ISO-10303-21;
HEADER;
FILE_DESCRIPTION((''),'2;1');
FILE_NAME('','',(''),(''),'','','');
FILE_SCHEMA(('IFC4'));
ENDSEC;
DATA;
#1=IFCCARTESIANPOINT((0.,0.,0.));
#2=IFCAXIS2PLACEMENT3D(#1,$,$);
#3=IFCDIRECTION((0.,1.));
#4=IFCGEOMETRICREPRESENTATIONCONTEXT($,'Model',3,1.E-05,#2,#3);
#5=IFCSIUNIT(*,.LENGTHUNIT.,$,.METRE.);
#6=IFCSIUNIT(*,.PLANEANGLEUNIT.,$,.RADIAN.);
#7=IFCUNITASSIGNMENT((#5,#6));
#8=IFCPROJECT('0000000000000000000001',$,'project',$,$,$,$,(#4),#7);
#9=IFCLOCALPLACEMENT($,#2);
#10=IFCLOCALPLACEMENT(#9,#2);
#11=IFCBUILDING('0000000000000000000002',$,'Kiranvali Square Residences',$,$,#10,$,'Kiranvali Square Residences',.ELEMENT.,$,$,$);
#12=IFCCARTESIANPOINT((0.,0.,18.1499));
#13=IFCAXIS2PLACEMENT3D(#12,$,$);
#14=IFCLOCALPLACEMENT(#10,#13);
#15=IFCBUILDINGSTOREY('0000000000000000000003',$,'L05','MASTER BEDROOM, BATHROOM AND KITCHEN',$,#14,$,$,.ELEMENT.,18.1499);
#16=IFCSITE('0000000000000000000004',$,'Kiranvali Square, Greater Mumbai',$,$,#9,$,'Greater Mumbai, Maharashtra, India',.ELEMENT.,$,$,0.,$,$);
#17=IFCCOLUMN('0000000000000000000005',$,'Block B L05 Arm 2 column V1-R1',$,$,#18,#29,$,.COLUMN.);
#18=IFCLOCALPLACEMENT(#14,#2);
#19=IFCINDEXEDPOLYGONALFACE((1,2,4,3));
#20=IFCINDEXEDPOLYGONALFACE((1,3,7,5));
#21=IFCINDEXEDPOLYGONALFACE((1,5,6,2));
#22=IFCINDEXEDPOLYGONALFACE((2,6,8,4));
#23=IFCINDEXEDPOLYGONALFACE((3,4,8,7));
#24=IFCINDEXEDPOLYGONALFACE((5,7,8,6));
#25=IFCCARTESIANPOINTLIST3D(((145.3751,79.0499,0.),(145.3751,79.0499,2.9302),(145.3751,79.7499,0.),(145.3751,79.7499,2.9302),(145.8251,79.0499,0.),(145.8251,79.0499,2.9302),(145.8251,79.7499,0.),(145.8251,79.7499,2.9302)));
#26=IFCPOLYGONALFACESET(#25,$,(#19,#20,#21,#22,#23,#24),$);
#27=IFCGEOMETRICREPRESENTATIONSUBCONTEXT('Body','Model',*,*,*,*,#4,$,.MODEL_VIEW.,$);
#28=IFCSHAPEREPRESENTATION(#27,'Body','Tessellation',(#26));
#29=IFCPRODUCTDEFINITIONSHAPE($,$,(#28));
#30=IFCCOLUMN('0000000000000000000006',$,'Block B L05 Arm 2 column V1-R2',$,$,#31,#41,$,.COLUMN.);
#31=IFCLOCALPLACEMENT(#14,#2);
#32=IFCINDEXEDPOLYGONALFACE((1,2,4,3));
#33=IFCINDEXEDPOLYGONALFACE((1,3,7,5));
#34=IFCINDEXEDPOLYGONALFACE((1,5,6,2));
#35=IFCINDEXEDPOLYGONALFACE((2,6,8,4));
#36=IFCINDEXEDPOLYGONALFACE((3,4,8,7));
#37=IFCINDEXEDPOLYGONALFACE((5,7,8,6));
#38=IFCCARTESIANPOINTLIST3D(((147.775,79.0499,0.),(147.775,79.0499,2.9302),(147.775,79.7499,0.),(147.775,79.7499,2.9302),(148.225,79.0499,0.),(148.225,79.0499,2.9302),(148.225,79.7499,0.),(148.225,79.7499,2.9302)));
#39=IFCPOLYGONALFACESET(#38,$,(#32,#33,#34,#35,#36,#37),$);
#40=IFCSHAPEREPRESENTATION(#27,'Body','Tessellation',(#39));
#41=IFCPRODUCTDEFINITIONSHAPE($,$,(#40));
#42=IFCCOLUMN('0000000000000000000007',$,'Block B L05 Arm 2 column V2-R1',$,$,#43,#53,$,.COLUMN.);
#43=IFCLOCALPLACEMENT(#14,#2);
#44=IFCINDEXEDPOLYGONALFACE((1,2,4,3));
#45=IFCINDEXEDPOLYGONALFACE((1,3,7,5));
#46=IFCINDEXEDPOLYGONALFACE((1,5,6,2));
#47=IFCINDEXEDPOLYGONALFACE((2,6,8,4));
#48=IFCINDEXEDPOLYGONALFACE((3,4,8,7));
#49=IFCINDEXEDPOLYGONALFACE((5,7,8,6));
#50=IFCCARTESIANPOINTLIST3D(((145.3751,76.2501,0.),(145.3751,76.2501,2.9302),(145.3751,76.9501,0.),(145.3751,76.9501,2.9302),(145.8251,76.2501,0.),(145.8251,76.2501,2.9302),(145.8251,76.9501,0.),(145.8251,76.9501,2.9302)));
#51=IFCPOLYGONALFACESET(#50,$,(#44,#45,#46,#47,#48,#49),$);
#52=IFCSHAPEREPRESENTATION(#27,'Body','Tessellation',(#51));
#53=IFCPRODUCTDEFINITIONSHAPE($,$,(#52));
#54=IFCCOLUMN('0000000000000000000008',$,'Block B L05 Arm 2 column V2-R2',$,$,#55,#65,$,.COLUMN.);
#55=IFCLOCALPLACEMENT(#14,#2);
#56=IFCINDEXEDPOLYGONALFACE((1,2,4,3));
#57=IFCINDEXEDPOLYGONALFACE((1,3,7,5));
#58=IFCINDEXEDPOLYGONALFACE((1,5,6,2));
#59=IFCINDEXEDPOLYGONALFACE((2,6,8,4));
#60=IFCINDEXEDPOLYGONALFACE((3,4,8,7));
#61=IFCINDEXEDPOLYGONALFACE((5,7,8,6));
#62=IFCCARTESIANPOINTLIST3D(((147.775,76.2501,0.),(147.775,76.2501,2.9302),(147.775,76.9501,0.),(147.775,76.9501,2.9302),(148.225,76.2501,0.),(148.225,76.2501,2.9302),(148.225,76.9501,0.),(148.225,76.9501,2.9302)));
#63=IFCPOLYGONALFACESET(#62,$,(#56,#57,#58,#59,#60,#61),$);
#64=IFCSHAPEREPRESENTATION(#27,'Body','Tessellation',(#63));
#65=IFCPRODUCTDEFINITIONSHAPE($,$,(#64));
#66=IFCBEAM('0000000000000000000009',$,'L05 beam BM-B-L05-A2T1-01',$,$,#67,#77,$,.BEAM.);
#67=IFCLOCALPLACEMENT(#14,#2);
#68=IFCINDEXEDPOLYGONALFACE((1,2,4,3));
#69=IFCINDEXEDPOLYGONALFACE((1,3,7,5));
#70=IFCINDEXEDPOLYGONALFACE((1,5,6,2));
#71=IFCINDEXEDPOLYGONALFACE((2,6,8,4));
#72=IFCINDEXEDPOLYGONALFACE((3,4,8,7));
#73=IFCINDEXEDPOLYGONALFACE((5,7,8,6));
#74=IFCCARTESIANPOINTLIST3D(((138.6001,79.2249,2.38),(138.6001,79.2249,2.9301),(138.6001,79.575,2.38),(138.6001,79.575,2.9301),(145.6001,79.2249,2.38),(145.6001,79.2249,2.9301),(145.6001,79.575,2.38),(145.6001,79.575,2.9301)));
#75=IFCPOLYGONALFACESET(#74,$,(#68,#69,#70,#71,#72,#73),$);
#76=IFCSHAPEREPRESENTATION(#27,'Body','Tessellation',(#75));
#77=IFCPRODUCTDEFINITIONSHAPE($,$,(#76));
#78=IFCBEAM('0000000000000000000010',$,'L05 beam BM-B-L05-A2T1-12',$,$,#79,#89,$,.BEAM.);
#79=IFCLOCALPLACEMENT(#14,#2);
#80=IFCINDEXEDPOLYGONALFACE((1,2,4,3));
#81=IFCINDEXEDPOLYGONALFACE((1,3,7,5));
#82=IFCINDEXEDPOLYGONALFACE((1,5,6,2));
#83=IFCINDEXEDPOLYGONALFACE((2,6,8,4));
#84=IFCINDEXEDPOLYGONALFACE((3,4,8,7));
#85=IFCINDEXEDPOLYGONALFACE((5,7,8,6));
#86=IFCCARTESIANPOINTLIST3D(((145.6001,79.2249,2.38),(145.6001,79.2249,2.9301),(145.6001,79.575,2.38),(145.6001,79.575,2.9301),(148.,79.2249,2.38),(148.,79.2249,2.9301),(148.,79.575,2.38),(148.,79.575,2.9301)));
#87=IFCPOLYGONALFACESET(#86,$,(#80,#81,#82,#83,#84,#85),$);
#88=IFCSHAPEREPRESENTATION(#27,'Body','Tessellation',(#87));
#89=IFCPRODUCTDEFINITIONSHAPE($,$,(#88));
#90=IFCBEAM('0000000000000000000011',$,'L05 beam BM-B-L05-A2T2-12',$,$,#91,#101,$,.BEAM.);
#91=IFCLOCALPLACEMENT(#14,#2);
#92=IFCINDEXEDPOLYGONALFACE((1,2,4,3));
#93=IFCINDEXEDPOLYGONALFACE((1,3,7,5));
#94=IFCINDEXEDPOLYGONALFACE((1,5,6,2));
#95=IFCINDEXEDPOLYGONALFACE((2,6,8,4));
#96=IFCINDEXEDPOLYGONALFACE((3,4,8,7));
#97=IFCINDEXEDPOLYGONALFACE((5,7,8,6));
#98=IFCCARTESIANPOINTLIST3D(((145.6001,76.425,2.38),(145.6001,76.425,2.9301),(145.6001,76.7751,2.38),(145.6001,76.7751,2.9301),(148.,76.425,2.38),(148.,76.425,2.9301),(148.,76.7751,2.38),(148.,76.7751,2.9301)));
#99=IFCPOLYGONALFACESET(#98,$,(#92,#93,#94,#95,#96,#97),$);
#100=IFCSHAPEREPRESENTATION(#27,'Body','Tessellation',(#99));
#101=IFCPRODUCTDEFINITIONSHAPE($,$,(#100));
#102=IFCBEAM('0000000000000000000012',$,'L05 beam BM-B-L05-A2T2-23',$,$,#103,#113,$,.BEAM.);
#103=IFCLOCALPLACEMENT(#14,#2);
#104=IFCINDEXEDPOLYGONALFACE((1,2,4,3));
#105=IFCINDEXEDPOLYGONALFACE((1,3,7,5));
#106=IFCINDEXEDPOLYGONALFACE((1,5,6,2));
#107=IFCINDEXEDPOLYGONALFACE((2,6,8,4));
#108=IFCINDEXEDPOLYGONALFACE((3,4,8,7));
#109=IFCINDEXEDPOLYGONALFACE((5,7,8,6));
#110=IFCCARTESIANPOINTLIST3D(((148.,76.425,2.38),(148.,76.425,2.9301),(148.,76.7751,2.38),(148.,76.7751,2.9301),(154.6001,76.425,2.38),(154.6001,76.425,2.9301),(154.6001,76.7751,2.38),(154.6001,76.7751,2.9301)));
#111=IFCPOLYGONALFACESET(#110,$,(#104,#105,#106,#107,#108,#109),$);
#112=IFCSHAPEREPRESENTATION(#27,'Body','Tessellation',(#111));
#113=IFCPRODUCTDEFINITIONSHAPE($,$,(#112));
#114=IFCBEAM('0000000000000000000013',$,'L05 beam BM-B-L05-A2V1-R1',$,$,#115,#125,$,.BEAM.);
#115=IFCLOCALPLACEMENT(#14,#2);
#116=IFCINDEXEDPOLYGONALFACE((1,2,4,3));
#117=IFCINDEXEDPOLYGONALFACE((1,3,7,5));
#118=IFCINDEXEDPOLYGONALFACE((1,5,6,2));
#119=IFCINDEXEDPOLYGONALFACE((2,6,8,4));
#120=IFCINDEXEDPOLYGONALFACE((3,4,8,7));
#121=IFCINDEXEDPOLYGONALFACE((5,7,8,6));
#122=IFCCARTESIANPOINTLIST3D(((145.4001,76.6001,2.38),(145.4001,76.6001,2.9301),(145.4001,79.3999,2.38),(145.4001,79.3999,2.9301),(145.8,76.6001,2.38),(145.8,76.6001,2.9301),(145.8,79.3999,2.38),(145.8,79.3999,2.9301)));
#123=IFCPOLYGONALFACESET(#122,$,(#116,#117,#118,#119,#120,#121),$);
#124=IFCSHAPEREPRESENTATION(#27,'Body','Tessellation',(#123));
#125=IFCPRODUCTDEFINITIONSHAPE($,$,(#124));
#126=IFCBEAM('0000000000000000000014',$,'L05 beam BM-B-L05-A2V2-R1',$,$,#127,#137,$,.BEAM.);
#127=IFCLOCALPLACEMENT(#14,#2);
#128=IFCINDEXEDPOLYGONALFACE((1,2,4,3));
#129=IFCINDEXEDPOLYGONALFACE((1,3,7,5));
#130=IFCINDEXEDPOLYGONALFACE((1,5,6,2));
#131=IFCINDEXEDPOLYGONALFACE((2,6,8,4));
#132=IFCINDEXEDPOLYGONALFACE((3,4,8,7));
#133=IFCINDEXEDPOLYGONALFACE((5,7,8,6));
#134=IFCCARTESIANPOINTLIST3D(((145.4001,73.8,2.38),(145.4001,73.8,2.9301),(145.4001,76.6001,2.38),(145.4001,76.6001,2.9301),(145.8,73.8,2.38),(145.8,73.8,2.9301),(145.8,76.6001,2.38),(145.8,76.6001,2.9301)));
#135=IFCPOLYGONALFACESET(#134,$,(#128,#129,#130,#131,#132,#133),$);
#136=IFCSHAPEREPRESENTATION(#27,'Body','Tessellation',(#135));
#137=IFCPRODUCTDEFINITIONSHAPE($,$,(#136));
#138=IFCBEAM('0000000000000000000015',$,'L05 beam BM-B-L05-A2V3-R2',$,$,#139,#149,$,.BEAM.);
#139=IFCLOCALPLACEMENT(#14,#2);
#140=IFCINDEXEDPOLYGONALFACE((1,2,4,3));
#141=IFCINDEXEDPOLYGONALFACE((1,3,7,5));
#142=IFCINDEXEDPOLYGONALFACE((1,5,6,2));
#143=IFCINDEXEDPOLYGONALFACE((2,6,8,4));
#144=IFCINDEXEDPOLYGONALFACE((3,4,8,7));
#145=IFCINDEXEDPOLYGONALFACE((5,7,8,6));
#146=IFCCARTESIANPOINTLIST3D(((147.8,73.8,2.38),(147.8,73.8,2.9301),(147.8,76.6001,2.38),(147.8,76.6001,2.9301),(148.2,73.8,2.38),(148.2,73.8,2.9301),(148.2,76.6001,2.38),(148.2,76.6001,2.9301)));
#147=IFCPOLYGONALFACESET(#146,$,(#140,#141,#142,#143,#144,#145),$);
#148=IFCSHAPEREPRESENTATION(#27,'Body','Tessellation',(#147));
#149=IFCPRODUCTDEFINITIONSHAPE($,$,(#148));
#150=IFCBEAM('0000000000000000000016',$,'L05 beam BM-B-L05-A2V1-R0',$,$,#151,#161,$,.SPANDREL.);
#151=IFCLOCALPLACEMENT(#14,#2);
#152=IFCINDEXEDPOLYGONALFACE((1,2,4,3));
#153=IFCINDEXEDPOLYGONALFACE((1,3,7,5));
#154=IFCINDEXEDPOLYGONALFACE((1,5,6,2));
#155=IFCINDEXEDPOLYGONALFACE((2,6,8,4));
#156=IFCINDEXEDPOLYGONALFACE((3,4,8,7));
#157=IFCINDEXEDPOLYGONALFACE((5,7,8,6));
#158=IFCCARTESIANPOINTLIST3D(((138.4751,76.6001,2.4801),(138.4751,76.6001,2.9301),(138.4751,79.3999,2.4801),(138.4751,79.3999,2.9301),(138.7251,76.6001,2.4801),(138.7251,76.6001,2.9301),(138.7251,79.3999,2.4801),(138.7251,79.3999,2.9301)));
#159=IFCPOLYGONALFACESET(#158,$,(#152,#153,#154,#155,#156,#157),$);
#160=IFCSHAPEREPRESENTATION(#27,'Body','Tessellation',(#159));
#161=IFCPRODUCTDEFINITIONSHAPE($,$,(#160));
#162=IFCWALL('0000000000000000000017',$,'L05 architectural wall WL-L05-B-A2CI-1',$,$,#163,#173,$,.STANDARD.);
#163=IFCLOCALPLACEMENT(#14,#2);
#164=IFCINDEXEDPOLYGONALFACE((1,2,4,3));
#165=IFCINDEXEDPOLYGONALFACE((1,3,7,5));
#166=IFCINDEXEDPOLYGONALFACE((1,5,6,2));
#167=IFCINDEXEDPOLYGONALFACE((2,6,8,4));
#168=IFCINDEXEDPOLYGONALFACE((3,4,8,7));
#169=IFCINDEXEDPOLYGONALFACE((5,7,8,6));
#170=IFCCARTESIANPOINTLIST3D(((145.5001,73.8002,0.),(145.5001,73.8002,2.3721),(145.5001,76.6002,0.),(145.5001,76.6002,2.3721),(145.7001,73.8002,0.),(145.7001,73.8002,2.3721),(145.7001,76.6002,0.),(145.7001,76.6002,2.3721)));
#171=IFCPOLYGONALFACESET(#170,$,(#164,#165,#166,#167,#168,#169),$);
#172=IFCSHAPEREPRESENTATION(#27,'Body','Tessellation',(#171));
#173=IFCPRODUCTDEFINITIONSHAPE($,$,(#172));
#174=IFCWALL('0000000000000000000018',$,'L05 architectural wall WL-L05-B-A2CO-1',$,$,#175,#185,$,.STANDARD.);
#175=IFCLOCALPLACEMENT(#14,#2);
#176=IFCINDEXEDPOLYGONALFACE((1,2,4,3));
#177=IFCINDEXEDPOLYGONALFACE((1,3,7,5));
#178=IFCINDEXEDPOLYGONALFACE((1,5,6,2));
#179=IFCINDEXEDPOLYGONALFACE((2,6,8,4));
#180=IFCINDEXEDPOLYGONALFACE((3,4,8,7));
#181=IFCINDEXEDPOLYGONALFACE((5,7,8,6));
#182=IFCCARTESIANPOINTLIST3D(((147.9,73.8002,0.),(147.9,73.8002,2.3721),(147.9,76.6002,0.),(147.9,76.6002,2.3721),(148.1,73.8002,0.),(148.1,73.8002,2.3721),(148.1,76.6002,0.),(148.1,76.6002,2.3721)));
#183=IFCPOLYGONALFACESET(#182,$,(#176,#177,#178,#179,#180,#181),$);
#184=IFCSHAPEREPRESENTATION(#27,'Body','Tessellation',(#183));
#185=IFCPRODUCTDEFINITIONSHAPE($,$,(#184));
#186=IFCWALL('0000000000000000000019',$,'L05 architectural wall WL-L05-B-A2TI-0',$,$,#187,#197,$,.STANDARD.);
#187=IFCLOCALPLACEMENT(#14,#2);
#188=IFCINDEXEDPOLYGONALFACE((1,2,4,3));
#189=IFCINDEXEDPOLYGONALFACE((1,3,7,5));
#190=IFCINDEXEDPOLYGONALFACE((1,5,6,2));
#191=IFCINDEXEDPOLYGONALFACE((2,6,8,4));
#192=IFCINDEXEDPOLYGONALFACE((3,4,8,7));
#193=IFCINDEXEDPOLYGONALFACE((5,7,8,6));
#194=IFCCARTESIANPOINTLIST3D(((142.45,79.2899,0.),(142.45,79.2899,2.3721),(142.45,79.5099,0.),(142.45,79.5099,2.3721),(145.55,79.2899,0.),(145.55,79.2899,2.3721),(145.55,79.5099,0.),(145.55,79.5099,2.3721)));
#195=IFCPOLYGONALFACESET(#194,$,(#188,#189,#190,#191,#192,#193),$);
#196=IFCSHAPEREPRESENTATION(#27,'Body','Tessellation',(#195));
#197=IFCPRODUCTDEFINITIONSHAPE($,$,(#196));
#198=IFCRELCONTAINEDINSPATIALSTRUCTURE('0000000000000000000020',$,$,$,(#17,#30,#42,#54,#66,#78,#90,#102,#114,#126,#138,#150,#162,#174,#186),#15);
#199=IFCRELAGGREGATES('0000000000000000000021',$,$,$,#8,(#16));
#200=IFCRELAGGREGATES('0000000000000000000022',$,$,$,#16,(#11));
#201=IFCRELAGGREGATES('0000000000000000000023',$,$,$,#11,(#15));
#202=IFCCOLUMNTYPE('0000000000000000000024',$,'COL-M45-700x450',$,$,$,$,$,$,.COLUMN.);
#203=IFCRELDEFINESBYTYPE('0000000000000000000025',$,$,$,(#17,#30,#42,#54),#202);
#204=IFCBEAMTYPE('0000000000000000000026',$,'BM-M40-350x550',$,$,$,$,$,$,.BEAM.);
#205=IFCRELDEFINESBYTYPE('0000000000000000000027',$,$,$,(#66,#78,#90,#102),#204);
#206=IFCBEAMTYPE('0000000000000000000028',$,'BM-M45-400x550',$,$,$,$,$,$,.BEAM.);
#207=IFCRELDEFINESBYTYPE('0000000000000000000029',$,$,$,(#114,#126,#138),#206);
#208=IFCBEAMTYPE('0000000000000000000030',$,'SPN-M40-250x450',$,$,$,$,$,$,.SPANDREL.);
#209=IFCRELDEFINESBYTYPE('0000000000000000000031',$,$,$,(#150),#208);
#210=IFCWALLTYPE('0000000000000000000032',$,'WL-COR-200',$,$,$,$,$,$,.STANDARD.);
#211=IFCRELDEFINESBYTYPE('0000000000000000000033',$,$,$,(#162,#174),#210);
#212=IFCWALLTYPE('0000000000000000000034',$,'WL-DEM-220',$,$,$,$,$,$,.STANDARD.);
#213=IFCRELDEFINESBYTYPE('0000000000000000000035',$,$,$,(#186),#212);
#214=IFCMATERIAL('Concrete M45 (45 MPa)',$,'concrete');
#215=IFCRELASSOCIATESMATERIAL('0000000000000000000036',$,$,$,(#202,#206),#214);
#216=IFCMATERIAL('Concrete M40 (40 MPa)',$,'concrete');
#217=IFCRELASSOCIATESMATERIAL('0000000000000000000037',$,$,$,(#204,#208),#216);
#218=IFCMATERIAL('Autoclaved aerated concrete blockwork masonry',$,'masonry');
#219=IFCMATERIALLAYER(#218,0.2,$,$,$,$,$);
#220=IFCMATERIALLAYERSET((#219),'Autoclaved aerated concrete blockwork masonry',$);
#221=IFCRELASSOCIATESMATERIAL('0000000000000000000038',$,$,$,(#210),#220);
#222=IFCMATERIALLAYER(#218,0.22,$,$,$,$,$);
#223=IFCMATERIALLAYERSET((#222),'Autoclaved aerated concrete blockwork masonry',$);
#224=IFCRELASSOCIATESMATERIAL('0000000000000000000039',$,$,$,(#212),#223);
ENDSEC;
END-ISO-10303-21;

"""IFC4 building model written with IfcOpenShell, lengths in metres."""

from ifc_helpers import new_model, si_unit, direction, frame, frame_2d, origin, origin_2d, place, context, subcontext, project, spatial, rectangle, extrude, material, layer, layer_set, material_profile, profile_set, type_object, element, save


model = new_model("IFC4")

# Units and contexts
model_context = context("Model", 3, precision=1e-05, world=origin(), true_north=direction((0.0, 1.0)))
body_context = subcontext(model_context, "Body", "Model", "MODEL_VIEW")
ifc_project = project(units=[si_unit("LENGTHUNIT", "METRE"), si_unit("PLANEANGLEUNIT", "RADIAN")], contexts=[model_context])

# Site, building, storey
site_placement = place(None, origin())
site = spatial("IfcSite", under=ifc_project, at=site_placement, Name="Kiranvali Square, Greater Mumbai", LongName="Greater Mumbai, Maharashtra, India", CompositionType="ELEMENT", RefElevation=0.0)
building_placement = place(site_placement, origin())
building = spatial("IfcBuilding", under=site, at=building_placement, Name="Kiranvali Square Residences", LongName="Kiranvali Square Residences", CompositionType="ELEMENT")
storey_placement = place(building_placement, frame((0.0, 0.0, 18.1499)))
storey = spatial("IfcBuildingStorey", under=building, at=storey_placement, Name="L05", Description="MASTER BEDROOM, BATHROOM AND KITCHEN", CompositionType="ELEMENT", Elevation=18.1499)

# Columns
ifc_material_1 = material(Name="Concrete M45 (45 MPa)", Category="concrete")
ifc_material_profile_1 = material_profile(ifc_material_1, rectangle(XDim=0.45, YDim=0.7, at=origin_2d()), Name="RC 700x450")
ifc_profile_set_1 = profile_set([ifc_material_profile_1], Name="Concrete M45 (45 MPa)")
column_type = type_object("IfcColumnType", Name="COL-M45-700x450", PredefinedType="COLUMN", material=ifc_profile_set_1)
for number, where, z_axis, x_axis, name in (
    (1, (145.6001, 79.3999, 0.0), (0.0, 0.0, 1.0), (1.0, 0.0, 0.0), "Block B L05 Arm 2 column V1-R1"),
    (2, (148.0, 79.3999, 0.0), (0.0, 0.0, 1.0), (1.0, 0.0, 0.0), "Block B L05 Arm 2 column V1-R2"),
    (3, (145.6001, 76.6001, 0.0), (0.0, 0.0, 1.0), (1.0, 0.0, 0.0), "Block B L05 Arm 2 column V2-R1"),
    (4, (148.0, 76.6001, 0.0), (0.0, 0.0, 1.0), (1.0, 0.0, 0.0), "Block B L05 Arm 2 column V2-R2"),
):
    element("IfcColumn", number, at=place(storey_placement, frame(where, z_axis=z_axis, x_axis=x_axis)), inside=storey, type_object=column_type, Name=name, PredefinedType="COLUMN", context=body_context, shape_type="SweptSolid", body=[
        extrude(rectangle(XDim=0.45, YDim=0.7, at=origin_2d()), origin(), (0.0, 0.0, 1.0), 2.9302),
    ])

# Beams
ifc_material_2 = material(Name="Concrete M40 (40 MPa)", Category="concrete")
ifc_material_profile_2 = material_profile(ifc_material_2, rectangle(XDim=0.3501, YDim=0.55, at=origin_2d()), Name="RC 350x550")
ifc_profile_set_2 = profile_set([ifc_material_profile_2], Name="Concrete M40 (40 MPa)")
beam_type_1 = type_object("IfcBeamType", Name="BM-M40-350x550", PredefinedType="BEAM", material=ifc_profile_set_2)
beam_1_placement = place(storey_placement, frame((138.6001, 79.3999, 2.655), z_axis=(1.0, 0.0, 0.0), x_axis=(0.0, 1.0, 0.0)))
element("IfcBeam", 5, at=beam_1_placement, inside=storey, type_object=beam_type_1, Name="L05 beam BM-B-L05-A2T1-01", PredefinedType="BEAM", context=body_context, shape_type="SweptSolid", body=[
    extrude(rectangle(XDim=0.3501, YDim=0.55, at=origin_2d()), origin(), (0.0, 0.0, 1.0), 7.0),
])
for number, where, z_axis, x_axis, name in (
    (6, (145.6001, 79.3999, 2.655), (1.0, 0.0, 0.0), (0.0, 1.0, 0.0), "L05 beam BM-B-L05-A2T1-12"),
    (7, (145.6001, 76.6001, 2.655), (1.0, 0.0, 0.0), (0.0, 1.0, 0.0), "L05 beam BM-B-L05-A2T2-12"),
):
    element("IfcBeam", number, at=place(storey_placement, frame(where, z_axis=z_axis, x_axis=x_axis)), inside=storey, type_object=beam_type_1, Name=name, PredefinedType="BEAM", context=body_context, shape_type="SweptSolid", body=[
        extrude(rectangle(XDim=0.3501, YDim=0.55, at=origin_2d()), origin(), (0.0, 0.0, 1.0), 2.3999),
    ])
beam_2_placement = place(storey_placement, frame((148.0, 76.6001, 2.655), z_axis=(1.0, 0.0, 0.0), x_axis=(0.0, 1.0, 0.0)))
element("IfcBeam", 8, at=beam_2_placement, inside=storey, type_object=beam_type_1, Name="L05 beam BM-B-L05-A2T2-23", PredefinedType="BEAM", context=body_context, shape_type="SweptSolid", body=[
    extrude(rectangle(XDim=0.3501, YDim=0.55, at=origin_2d()), origin(), (0.0, 0.0, 1.0), 6.6001),
])
ifc_material_profile_3 = material_profile(ifc_material_1, rectangle(XDim=0.3999, YDim=0.55, at=origin_2d()), Name="RC 400x550")
ifc_profile_set_3 = profile_set([ifc_material_profile_3], Name="Concrete M45 (45 MPa)")
beam_type_2 = type_object("IfcBeamType", Name="BM-M45-400x550", PredefinedType="BEAM", material=ifc_profile_set_3)
beam_3_placement = place(storey_placement, frame((145.6001, 79.3999, 2.655), z_axis=(0.0, -1.0, 0.0), x_axis=(1.0, 0.0, 0.0)))
element("IfcBeam", 9, at=beam_3_placement, inside=storey, type_object=beam_type_2, Name="L05 beam BM-B-L05-A2V1-R1", PredefinedType="BEAM", context=body_context, shape_type="SweptSolid", body=[
    extrude(rectangle(XDim=0.3999, YDim=0.55, at=origin_2d()), origin(), (0.0, 0.0, 1.0), 2.7998),
])
for number, where, z_axis, x_axis, name in (
    (10, (145.6001, 76.6001, 2.655), (0.0, -1.0, 0.0), (1.0, 0.0, 0.0), "L05 beam BM-B-L05-A2V2-R1"),
    (11, (148.0, 76.6001, 2.655), (0.0, -1.0, 0.0), (1.0, 0.0, 0.0), "L05 beam BM-B-L05-A2V3-R2"),
):
    element("IfcBeam", number, at=place(storey_placement, frame(where, z_axis=z_axis, x_axis=x_axis)), inside=storey, type_object=beam_type_2, Name=name, PredefinedType="BEAM", context=body_context, shape_type="SweptSolid", body=[
        extrude(rectangle(XDim=0.3999, YDim=0.55, at=origin_2d()), origin(), (0.0, 0.0, 1.0), 2.8),
    ])
ifc_material_profile_4 = material_profile(ifc_material_2, rectangle(XDim=0.25, YDim=0.45, at=origin_2d()), Name="RC 250x450")
ifc_profile_set_4 = profile_set([ifc_material_profile_4], Name="Concrete M40 (40 MPa)")
beam_type_3 = type_object("IfcBeamType", Name="SPN-M40-250x450", PredefinedType="SPANDREL", material=ifc_profile_set_4)
beam_4_placement = place(storey_placement, frame((138.6001, 79.3999, 2.7051), z_axis=(0.0, -1.0, 0.0), x_axis=(1.0, 0.0, 0.0)))
element("IfcBeam", 12, at=beam_4_placement, inside=storey, type_object=beam_type_3, Name="L05 beam BM-B-L05-A2V1-R0", PredefinedType="SPANDREL", context=body_context, shape_type="SweptSolid", body=[
    extrude(rectangle(XDim=0.25, YDim=0.45, at=origin_2d()), origin(), (0.0, 0.0, 1.0), 2.7998),
])

# Shared definitions
ifc_material_3 = material(Name="Autoclaved aerated concrete blockwork masonry", Category="masonry")
ifc_layer_1 = layer(ifc_material_3, 0.2)
ifc_layer_set_1 = layer_set([ifc_layer_1], Name="Autoclaved aerated concrete blockwork masonry")
wall_type_1 = type_object("IfcWallType", Name="WL-COR-200", PredefinedType="STANDARD", material=ifc_layer_set_1)

# Walls
for number, where, z_axis, x_axis, name in (
    (13, (145.6001, 76.6001, 0.0), (0.0, 0.0, 1.0), (0.0, -1.0, 0.0), "L05 architectural wall WL-L05-B-A2CI-1"),
    (14, (148.0, 76.6001, 0.0), (0.0, 0.0, 1.0), (0.0, -1.0, 0.0), "L05 architectural wall WL-L05-B-A2CO-1"),
):
    element("IfcWall", number, at=place(storey_placement, frame(where, z_axis=z_axis, x_axis=x_axis)), inside=storey, type_object=wall_type_1, Name=name, PredefinedType="STANDARD", context=body_context, shape_type="SweptSolid", body=[
        extrude(rectangle(XDim=2.8, YDim=0.2, at=frame_2d((1.3999, 0.0))), origin(), (0.0, 0.0, 1.0), 2.3721),
    ])
ifc_layer_2 = layer(ifc_material_3, 0.22)
ifc_layer_set_2 = layer_set([ifc_layer_2], Name="Autoclaved aerated concrete blockwork masonry")
wall_type_2 = type_object("IfcWallType", Name="WL-DEM-220", PredefinedType="STANDARD", material=ifc_layer_set_2)
wall_1_placement = place(storey_placement, frame((142.45, 79.3999, 0.0), z_axis=(0.0, 0.0, 1.0), x_axis=(1.0, 0.0, 0.0)))
element("IfcWall", 15, at=wall_1_placement, inside=storey, type_object=wall_type_2, Name="L05 architectural wall WL-L05-B-A2TI-0", PredefinedType="STANDARD", context=body_context, shape_type="SweptSolid", body=[
    extrude(rectangle(XDim=3.1001, YDim=0.22, at=frame_2d((1.55, 0.0))), origin(), (0.0, 0.0, 1.0), 2.3721),
])

save(model, "model.ifc")
